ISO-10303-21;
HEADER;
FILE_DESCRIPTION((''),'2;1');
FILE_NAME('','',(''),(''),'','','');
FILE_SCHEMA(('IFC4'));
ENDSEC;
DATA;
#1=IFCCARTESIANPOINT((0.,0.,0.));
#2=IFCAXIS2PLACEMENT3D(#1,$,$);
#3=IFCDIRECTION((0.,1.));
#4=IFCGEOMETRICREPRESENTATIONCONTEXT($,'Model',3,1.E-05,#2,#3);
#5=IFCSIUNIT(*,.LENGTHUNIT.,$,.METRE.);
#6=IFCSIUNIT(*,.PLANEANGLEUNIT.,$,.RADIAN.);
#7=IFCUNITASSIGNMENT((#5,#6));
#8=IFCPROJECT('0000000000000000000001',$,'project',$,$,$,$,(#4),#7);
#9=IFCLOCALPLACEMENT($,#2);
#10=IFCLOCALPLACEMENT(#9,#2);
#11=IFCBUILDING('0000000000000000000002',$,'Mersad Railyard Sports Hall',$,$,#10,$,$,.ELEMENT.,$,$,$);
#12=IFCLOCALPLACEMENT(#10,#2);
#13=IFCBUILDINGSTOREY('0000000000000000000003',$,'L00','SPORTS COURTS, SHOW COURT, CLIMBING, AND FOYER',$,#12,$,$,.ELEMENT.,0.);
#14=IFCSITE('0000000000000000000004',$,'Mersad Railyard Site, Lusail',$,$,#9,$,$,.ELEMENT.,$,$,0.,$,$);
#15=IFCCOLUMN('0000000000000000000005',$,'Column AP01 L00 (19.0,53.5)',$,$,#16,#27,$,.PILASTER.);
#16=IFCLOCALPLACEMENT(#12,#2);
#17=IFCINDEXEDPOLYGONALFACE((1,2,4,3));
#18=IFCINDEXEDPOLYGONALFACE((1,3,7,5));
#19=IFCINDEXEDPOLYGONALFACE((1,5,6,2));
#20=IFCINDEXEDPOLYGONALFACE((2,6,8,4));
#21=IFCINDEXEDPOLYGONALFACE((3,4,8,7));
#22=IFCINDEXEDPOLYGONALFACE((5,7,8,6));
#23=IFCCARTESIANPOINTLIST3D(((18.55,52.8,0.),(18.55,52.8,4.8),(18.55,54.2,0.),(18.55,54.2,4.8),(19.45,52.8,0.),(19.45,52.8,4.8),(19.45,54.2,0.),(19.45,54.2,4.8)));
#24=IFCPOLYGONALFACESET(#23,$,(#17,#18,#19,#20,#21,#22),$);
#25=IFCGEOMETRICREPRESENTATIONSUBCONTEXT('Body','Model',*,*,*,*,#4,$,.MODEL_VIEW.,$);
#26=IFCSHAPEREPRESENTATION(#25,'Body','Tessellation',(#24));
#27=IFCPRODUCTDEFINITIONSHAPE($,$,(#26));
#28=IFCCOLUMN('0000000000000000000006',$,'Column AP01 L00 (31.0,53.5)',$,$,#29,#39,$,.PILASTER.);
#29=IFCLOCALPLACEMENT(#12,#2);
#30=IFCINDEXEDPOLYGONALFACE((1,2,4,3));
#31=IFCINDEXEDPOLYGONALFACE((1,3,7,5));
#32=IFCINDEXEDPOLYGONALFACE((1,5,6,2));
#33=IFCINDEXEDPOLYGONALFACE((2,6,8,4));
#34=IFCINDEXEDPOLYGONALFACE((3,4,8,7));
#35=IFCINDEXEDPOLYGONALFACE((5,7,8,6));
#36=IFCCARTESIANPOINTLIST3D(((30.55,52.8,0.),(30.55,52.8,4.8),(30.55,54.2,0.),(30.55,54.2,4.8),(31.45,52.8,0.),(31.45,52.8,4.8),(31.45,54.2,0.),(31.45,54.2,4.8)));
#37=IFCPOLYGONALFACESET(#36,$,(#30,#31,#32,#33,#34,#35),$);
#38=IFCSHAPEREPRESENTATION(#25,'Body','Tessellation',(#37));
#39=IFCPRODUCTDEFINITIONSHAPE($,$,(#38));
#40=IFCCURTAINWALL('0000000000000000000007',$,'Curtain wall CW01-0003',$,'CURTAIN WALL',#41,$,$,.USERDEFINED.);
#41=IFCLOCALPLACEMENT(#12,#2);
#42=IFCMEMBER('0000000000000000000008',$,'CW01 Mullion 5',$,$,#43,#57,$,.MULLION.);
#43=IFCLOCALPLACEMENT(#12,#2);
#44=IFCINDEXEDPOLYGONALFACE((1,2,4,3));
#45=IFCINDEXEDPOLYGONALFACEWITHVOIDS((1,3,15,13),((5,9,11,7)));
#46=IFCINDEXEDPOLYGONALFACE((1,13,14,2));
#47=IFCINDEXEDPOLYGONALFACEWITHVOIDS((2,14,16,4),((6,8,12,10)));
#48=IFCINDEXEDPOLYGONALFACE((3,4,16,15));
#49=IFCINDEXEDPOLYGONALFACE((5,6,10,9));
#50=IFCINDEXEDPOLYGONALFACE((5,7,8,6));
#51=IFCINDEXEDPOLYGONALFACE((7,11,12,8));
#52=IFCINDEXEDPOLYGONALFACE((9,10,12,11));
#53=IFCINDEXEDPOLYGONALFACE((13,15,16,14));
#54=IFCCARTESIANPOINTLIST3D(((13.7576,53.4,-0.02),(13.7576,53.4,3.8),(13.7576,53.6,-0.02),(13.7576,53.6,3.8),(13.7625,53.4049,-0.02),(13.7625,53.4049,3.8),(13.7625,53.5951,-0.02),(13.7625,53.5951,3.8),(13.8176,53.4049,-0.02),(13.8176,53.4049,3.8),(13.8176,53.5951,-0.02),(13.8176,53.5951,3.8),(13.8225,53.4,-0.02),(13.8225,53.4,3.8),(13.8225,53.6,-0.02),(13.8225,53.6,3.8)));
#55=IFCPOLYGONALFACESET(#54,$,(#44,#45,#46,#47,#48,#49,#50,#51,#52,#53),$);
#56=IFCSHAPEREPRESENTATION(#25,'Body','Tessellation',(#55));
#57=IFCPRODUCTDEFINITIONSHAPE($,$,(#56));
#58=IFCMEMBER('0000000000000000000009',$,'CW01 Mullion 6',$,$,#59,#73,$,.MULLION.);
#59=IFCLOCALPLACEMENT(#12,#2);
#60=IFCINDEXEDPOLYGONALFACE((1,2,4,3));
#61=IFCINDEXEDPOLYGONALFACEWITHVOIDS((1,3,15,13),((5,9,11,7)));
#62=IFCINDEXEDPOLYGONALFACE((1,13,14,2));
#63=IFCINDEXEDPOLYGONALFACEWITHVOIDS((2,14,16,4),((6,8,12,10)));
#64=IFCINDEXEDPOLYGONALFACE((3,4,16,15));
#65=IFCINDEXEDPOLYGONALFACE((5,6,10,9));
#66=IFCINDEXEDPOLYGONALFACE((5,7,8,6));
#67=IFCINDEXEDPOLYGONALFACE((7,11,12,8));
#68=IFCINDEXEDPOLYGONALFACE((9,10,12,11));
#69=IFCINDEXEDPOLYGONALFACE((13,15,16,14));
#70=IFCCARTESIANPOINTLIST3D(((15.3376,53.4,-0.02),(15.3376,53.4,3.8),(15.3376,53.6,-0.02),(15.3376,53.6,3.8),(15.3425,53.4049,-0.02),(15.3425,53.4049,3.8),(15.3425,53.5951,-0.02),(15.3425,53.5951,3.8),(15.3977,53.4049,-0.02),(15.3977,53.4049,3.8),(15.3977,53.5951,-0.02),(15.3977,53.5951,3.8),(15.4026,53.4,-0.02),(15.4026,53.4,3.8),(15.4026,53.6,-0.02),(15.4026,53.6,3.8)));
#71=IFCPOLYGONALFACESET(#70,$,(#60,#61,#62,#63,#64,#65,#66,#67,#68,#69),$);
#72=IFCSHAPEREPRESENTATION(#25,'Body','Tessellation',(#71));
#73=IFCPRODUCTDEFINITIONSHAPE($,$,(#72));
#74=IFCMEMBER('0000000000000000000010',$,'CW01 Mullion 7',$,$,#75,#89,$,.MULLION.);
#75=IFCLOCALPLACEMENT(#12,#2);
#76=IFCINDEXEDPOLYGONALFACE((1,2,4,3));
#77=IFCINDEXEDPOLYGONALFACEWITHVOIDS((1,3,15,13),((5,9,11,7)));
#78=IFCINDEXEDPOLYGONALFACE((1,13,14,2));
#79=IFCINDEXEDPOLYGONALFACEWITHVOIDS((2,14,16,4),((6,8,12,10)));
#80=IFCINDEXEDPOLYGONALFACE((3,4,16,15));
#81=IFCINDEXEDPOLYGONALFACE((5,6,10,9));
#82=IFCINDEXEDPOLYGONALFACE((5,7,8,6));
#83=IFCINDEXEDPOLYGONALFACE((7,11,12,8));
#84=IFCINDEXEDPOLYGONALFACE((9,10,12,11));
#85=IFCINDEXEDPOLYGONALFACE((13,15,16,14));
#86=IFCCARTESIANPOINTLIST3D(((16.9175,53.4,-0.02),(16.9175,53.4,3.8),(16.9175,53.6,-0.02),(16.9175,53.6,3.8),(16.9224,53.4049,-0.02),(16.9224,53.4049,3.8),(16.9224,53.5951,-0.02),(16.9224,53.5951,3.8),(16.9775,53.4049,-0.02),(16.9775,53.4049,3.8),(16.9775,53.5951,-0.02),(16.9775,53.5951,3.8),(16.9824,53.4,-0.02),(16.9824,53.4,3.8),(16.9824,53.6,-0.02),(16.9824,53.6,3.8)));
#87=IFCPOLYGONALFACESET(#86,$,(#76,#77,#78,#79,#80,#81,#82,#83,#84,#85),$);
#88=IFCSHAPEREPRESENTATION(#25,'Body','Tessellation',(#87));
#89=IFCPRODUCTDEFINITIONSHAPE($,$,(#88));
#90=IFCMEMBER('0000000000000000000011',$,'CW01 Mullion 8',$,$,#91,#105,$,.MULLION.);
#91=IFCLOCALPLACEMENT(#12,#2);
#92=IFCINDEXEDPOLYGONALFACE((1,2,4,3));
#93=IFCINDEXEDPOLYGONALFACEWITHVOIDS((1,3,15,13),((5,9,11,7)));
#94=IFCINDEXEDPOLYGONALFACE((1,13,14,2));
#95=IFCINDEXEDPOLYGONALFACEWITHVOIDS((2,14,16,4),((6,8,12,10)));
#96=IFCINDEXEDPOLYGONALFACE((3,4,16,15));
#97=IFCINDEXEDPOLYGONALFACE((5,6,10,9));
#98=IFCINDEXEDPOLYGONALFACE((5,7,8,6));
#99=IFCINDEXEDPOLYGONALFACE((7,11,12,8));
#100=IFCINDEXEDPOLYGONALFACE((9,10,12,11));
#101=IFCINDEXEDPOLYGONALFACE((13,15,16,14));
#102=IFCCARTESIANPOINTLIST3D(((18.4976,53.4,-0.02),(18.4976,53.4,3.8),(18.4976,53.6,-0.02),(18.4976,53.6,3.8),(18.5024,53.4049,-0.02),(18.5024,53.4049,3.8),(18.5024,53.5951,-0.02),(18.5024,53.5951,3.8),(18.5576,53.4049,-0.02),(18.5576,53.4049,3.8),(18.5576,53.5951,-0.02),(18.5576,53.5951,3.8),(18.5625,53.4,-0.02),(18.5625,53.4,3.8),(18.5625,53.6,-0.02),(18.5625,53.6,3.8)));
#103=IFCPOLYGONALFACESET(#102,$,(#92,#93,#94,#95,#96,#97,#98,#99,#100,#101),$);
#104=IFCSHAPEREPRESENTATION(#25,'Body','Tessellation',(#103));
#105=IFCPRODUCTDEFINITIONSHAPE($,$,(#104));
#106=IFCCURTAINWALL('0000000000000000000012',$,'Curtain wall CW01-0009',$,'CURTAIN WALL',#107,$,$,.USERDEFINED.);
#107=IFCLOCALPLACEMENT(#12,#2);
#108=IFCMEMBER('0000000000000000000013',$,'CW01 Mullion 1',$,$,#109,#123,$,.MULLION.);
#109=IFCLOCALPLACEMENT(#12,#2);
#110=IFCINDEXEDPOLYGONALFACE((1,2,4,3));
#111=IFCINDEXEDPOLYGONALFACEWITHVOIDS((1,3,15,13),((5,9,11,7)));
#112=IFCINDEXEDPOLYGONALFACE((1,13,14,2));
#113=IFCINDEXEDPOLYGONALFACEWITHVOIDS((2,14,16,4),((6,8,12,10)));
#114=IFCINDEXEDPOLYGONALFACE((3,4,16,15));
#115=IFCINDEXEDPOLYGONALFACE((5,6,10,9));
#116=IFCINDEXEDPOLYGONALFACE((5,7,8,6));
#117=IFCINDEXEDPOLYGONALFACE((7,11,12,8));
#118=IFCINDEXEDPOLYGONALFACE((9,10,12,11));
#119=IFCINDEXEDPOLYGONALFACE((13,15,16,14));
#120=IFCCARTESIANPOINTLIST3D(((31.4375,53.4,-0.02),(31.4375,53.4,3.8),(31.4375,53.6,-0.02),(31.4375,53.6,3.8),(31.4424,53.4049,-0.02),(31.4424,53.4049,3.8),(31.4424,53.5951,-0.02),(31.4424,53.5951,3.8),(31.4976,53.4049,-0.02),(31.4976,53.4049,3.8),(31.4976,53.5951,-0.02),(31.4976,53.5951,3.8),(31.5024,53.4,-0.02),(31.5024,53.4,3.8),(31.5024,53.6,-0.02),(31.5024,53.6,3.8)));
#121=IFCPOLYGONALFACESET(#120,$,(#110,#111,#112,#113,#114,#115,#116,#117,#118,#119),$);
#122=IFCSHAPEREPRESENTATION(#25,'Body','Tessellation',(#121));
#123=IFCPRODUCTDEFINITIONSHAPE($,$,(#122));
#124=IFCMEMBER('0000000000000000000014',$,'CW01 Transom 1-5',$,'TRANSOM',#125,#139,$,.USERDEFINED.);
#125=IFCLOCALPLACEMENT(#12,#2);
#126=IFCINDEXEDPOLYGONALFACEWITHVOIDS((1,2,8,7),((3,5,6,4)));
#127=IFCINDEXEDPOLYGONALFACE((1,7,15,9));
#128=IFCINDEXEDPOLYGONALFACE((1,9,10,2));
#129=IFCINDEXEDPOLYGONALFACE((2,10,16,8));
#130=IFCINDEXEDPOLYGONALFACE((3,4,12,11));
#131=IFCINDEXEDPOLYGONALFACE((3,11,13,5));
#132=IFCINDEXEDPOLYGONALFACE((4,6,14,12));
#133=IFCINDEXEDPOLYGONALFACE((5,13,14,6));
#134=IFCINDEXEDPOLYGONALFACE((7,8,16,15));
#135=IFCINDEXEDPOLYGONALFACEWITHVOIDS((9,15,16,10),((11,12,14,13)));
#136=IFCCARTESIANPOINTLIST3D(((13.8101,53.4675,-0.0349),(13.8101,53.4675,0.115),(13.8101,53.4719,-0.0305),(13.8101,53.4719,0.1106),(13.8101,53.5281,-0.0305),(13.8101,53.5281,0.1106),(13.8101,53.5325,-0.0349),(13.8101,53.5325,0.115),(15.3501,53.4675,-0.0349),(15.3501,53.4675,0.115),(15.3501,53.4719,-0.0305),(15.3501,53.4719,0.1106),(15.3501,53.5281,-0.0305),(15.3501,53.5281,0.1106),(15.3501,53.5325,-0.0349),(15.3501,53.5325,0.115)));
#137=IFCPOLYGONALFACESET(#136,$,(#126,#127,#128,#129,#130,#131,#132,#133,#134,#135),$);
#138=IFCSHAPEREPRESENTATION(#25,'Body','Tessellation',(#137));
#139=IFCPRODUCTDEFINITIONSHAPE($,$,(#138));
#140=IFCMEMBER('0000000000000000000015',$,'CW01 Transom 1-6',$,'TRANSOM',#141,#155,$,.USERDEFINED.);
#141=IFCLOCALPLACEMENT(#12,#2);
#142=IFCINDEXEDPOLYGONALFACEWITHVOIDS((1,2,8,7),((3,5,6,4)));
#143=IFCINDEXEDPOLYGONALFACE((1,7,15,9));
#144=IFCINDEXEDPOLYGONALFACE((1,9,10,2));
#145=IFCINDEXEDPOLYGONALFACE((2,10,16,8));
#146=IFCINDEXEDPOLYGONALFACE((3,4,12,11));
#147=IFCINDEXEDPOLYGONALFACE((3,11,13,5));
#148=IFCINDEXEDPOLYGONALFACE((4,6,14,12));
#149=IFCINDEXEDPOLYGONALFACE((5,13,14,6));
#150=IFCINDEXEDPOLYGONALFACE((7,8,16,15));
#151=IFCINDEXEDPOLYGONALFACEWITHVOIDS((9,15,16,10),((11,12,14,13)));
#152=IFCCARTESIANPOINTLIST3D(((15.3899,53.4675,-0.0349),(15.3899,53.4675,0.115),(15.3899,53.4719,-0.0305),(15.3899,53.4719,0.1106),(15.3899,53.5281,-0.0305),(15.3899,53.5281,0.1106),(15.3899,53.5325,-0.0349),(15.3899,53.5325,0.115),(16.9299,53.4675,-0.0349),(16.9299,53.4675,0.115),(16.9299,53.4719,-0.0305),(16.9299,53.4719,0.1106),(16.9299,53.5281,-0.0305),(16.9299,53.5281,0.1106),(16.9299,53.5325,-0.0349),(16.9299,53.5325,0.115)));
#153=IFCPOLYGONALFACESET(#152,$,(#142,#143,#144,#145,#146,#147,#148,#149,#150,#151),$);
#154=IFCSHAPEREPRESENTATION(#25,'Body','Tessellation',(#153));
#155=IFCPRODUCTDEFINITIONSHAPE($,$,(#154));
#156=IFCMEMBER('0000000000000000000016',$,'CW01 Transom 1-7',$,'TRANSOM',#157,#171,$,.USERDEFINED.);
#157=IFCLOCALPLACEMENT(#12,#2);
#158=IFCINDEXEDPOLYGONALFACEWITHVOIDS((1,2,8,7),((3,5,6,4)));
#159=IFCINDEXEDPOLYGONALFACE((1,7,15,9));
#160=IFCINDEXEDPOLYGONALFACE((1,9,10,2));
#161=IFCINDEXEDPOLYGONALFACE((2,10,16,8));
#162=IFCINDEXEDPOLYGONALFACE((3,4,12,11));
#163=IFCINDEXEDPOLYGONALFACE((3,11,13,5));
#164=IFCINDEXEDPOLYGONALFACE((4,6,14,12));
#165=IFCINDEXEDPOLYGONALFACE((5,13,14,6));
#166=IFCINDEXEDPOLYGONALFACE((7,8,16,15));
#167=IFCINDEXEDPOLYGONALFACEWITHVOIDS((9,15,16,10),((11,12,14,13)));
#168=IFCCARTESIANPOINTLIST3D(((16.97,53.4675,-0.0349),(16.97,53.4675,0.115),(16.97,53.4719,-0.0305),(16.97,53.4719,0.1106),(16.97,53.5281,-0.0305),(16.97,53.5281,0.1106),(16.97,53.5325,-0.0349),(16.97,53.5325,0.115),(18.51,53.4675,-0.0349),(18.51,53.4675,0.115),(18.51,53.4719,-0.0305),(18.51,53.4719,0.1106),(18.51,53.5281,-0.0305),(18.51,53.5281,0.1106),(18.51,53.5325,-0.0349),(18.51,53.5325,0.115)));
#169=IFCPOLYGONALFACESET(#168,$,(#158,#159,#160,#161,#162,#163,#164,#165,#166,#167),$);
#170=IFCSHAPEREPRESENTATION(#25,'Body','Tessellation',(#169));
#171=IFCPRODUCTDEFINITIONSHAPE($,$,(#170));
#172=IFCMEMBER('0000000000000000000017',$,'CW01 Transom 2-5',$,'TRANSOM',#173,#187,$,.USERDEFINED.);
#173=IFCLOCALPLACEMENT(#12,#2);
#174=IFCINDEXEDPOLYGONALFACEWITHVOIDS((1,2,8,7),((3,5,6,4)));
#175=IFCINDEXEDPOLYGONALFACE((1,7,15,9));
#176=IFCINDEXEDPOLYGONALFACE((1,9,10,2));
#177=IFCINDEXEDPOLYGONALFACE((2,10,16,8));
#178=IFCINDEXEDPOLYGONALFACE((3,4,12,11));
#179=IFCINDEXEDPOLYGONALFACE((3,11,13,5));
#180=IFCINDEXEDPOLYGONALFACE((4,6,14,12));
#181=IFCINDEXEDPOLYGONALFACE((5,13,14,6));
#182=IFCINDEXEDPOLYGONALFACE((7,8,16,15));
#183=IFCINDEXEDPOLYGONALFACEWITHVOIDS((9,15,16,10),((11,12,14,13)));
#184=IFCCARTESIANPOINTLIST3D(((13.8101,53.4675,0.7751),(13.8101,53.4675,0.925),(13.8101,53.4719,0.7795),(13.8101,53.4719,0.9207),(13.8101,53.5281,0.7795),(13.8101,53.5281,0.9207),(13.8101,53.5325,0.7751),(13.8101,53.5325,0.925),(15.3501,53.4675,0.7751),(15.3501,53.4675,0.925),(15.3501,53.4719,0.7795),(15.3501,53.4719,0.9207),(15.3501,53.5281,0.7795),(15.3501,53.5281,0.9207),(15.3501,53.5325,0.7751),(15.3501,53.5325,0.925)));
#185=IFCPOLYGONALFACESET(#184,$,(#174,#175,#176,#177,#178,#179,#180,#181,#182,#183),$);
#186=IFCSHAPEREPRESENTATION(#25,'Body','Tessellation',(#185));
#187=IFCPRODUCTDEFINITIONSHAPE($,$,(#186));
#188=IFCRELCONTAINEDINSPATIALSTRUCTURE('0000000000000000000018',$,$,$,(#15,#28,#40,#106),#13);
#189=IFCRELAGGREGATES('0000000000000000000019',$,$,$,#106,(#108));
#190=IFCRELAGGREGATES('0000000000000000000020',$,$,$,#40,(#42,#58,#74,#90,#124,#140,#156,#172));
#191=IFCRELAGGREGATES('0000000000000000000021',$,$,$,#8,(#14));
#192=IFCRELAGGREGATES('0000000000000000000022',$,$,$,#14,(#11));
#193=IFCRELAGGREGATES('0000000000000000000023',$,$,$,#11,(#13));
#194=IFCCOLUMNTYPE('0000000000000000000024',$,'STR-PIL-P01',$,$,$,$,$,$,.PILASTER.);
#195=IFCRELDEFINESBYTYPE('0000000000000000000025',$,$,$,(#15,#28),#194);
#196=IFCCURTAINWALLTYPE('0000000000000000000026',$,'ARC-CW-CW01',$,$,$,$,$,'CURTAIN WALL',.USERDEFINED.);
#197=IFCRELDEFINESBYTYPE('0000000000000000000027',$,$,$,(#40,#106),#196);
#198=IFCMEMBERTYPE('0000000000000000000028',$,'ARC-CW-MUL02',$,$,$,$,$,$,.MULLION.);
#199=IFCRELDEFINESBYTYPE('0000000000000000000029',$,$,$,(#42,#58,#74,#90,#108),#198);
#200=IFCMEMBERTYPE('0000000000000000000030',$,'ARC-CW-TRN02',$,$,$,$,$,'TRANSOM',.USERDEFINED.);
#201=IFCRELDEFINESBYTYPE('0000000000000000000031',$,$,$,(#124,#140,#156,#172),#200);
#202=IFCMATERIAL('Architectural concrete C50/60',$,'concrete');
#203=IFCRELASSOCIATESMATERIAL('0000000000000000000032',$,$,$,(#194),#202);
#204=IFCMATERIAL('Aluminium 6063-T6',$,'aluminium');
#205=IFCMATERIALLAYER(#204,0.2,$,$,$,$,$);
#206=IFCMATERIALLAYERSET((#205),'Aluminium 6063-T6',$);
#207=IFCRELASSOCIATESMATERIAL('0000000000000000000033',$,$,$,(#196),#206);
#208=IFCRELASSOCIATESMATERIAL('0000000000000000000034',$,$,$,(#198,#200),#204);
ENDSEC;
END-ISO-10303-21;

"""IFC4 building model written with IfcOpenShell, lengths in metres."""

from ifc_helpers import new_model, si_unit, direction, frame, origin, origin_2d, place, context, subcontext, project, spatial, rectangle, hollow_rectangle, extrude, material, layer, layer_set, material_profile, profile_set, type_object, element, aggregate, save


model = new_model("IFC4")

# Units and contexts
model_context = context("Model", 3, precision=1e-05, world=origin(), true_north=direction((0.0, 1.0)))
body_context = subcontext(model_context, "Body", "Model", "MODEL_VIEW")
ifc_project = project(units=[si_unit("LENGTHUNIT", "METRE"), si_unit("PLANEANGLEUNIT", "RADIAN")], contexts=[model_context])

# Site, building, storey
site_placement = place(None, origin())
site = spatial("IfcSite", under=ifc_project, at=site_placement, Name="Mersad Railyard Site, Lusail", CompositionType="ELEMENT", RefElevation=0.0)
building_placement = place(site_placement, origin())
building = spatial("IfcBuilding", under=site, at=building_placement, Name="Mersad Railyard Sports Hall", CompositionType="ELEMENT")
storey_placement = place(building_placement, origin())
storey = spatial("IfcBuildingStorey", under=building, at=storey_placement, Name="L00", Description="SPORTS COURTS, SHOW COURT, CLIMBING, AND FOYER", CompositionType="ELEMENT", Elevation=0.0)

# Columns
ifc_material_1 = material(Name="Architectural concrete C50/60", Category="concrete")
ifc_material_profile_1 = material_profile(ifc_material_1, rectangle(XDim=0.8999, YDim=1.3999, at=origin_2d()), Name="RC 900x1400")
ifc_profile_set_1 = profile_set([ifc_material_profile_1], Name="Architectural concrete C50/60")
column_type = type_object("IfcColumnType", Name="STR-PIL-P01", PredefinedType="PILASTER", material=ifc_profile_set_1)
for number, where, z_axis, x_axis, name in (
    (1, (19.0, 53.5, 0.0), (0.0, 0.0, 1.0), (1.0, 0.0, 0.0), "Column AP01 L00 (19.0,53.5)"),
    (2, (31.0, 53.5, 0.0), (0.0, 0.0, 1.0), (1.0, 0.0, 0.0), "Column AP01 L00 (31.0,53.5)"),
):
    element("IfcColumn", number, at=place(storey_placement, frame(where, z_axis=z_axis, x_axis=x_axis)), inside=storey, type_object=column_type, Name=name, PredefinedType="PILASTER", context=body_context, shape_type="SweptSolid", body=[
        extrude(rectangle(XDim=0.8999, YDim=1.3999, at=origin_2d()), origin(), (0.0, 0.0, 1.0), 4.8),
    ])

# Curtain wall, members
ifc_material_2 = material(Name="Aluminium 6063-T6", Category="aluminium")
ifc_layer_1 = layer(ifc_material_2, 0.2)
ifc_layer_set_1 = layer_set([ifc_layer_1], Name="Aluminium 6063-T6")
curtain_wall_type = type_object("IfcCurtainWallType", Name="ARC-CW-CW01", ElementType="CURTAIN WALL", PredefinedType="USERDEFINED", material=ifc_layer_set_1)
curtain_wall_1_placement = place(storey_placement, origin())
curtain_wall_1 = element("IfcCurtainWall", 3, at=curtain_wall_1_placement, inside=storey, type_object=curtain_wall_type, Name="Curtain wall CW01-0003", ObjectType="CURTAIN WALL", PredefinedType="USERDEFINED")
ifc_material_profile_2 = material_profile(ifc_material_2, hollow_rectangle(XDim=0.0649, YDim=0.2, WallThickness=0.0049, at=origin_2d()), Name="AL MULLION 65x200x5")
ifc_profile_set_2 = profile_set([ifc_material_profile_2], Name="Aluminium 6063-T6")
member_type_1 = type_object("IfcMemberType", Name="ARC-CW-MUL02", PredefinedType="MULLION", material=ifc_profile_set_2)
member_1_placement = place(storey_placement, frame((13.79, 53.5, -0.02), z_axis=(0.0, 0.0, 1.0), x_axis=(1.0, 0.0, 0.0)))
member_1 = element("IfcMember", 4, at=member_1_placement, type_object=member_type_1, Name="CW01 Mullion 5", PredefinedType="MULLION", context=body_context, shape_type="SweptSolid", body=[
    extrude(hollow_rectangle(XDim=0.0649, YDim=0.2, WallThickness=0.0049, at=origin_2d()), origin(), (0.0, 0.0, 1.0), 3.8201),
])
member_2_placement = place(storey_placement, frame((15.3701, 53.5, -0.02), z_axis=(0.0, 0.0, 1.0), x_axis=(1.0, 0.0, 0.0)))
member_2 = element("IfcMember", 5, at=member_2_placement, type_object=member_type_1, Name="CW01 Mullion 6", PredefinedType="MULLION", context=body_context, shape_type="SweptSolid", body=[
    extrude(hollow_rectangle(XDim=0.0649, YDim=0.2, WallThickness=0.0049, at=origin_2d()), origin(), (0.0, 0.0, 1.0), 3.8201),
])
member_3_placement = place(storey_placement, frame((16.95, 53.5, -0.02), z_axis=(0.0, 0.0, 1.0), x_axis=(1.0, 0.0, 0.0)))
member_3 = element("IfcMember", 6, at=member_3_placement, type_object=member_type_1, Name="CW01 Mullion 7", PredefinedType="MULLION", context=body_context, shape_type="SweptSolid", body=[
    extrude(hollow_rectangle(XDim=0.0649, YDim=0.2, WallThickness=0.0049, at=origin_2d()), origin(), (0.0, 0.0, 1.0), 3.8201),
])
member_4_placement = place(storey_placement, frame((18.53, 53.5, -0.02), z_axis=(0.0, 0.0, 1.0), x_axis=(1.0, 0.0, 0.0)))
member_4 = element("IfcMember", 7, at=member_4_placement, type_object=member_type_1, Name="CW01 Mullion 8", PredefinedType="MULLION", context=body_context, shape_type="SweptSolid", body=[
    extrude(hollow_rectangle(XDim=0.0649, YDim=0.2, WallThickness=0.0049, at=origin_2d()), origin(), (0.0, 0.0, 1.0), 3.8201),
])

# Curtain wall, member
curtain_wall_2_placement = place(storey_placement, origin())
curtain_wall_2 = element("IfcCurtainWall", 8, at=curtain_wall_2_placement, inside=storey, type_object=curtain_wall_type, Name="Curtain wall CW01-0009", ObjectType="CURTAIN WALL", PredefinedType="USERDEFINED")
member_5_placement = place(storey_placement, frame((31.47, 53.5, -0.02), z_axis=(0.0, 0.0, 1.0), x_axis=(1.0, 0.0, 0.0)))
member_5 = element("IfcMember", 9, at=member_5_placement, type_object=member_type_1, Name="CW01 Mullion 1", PredefinedType="MULLION", context=body_context, shape_type="SweptSolid", body=[
    extrude(hollow_rectangle(XDim=0.0649, YDim=0.2, WallThickness=0.0049, at=origin_2d()), origin(), (0.0, 0.0, 1.0), 3.8201),
])

# Members
ifc_material_profile_3 = material_profile(ifc_material_2, hollow_rectangle(XDim=0.0649, YDim=0.1499, WallThickness=0.0044, at=origin_2d()), Name="AL TRANSOM 65x150x4.5")
ifc_profile_set_3 = profile_set([ifc_material_profile_3], Name="Aluminium 6063-T6")
member_type_2 = type_object("IfcMemberType", Name="ARC-CW-TRN02", ElementType="TRANSOM", PredefinedType="USERDEFINED", material=ifc_profile_set_3)
member_6_placement = place(storey_placement, frame((13.8101, 53.5, 0.04), z_axis=(1.0, 0.0, 0.0), x_axis=(0.0, 1.0, 0.0)))
member_6 = element("IfcMember", 10, at=member_6_placement, type_object=member_type_2, Name="CW01 Transom 1-5", ObjectType="TRANSOM", PredefinedType="USERDEFINED", context=body_context, shape_type="SweptSolid", body=[
    extrude(hollow_rectangle(XDim=0.0649, YDim=0.1499, WallThickness=0.0044, at=origin_2d()), origin(), (0.0, 0.0, 1.0), 1.54),
])
member_7_placement = place(storey_placement, frame((15.3899, 53.5, 0.04), z_axis=(1.0, 0.0, 0.0), x_axis=(0.0, 1.0, 0.0)))
member_7 = element("IfcMember", 11, at=member_7_placement, type_object=member_type_2, Name="CW01 Transom 1-6", ObjectType="TRANSOM", PredefinedType="USERDEFINED", context=body_context, shape_type="SweptSolid", body=[
    extrude(hollow_rectangle(XDim=0.0649, YDim=0.1499, WallThickness=0.0044, at=origin_2d()), origin(), (0.0, 0.0, 1.0), 1.54),
])
member_8_placement = place(storey_placement, frame((16.97, 53.5, 0.04), z_axis=(1.0, 0.0, 0.0), x_axis=(0.0, 1.0, 0.0)))
member_8 = element("IfcMember", 12, at=member_8_placement, type_object=member_type_2, Name="CW01 Transom 1-7", ObjectType="TRANSOM", PredefinedType="USERDEFINED", context=body_context, shape_type="SweptSolid", body=[
    extrude(hollow_rectangle(XDim=0.0649, YDim=0.1499, WallThickness=0.0044, at=origin_2d()), origin(), (0.0, 0.0, 1.0), 1.54),
])
member_9_placement = place(storey_placement, frame((13.8101, 53.5, 0.8501), z_axis=(1.0, 0.0, 0.0), x_axis=(0.0, 1.0, 0.0)))
member_9 = element("IfcMember", 13, at=member_9_placement, type_object=member_type_2, Name="CW01 Transom 2-5", ObjectType="TRANSOM", PredefinedType="USERDEFINED", context=body_context, shape_type="SweptSolid", body=[
    extrude(hollow_rectangle(XDim=0.0649, YDim=0.1499, WallThickness=0.0044, at=origin_2d()), origin(), (0.0, 0.0, 1.0), 1.54),
])
aggregate(curtain_wall_2, [member_5])

aggregate(curtain_wall_1, [member_1, member_2, member_3, member_4, member_6, member_7, member_8, member_9])

save(model, "model.ifc")
